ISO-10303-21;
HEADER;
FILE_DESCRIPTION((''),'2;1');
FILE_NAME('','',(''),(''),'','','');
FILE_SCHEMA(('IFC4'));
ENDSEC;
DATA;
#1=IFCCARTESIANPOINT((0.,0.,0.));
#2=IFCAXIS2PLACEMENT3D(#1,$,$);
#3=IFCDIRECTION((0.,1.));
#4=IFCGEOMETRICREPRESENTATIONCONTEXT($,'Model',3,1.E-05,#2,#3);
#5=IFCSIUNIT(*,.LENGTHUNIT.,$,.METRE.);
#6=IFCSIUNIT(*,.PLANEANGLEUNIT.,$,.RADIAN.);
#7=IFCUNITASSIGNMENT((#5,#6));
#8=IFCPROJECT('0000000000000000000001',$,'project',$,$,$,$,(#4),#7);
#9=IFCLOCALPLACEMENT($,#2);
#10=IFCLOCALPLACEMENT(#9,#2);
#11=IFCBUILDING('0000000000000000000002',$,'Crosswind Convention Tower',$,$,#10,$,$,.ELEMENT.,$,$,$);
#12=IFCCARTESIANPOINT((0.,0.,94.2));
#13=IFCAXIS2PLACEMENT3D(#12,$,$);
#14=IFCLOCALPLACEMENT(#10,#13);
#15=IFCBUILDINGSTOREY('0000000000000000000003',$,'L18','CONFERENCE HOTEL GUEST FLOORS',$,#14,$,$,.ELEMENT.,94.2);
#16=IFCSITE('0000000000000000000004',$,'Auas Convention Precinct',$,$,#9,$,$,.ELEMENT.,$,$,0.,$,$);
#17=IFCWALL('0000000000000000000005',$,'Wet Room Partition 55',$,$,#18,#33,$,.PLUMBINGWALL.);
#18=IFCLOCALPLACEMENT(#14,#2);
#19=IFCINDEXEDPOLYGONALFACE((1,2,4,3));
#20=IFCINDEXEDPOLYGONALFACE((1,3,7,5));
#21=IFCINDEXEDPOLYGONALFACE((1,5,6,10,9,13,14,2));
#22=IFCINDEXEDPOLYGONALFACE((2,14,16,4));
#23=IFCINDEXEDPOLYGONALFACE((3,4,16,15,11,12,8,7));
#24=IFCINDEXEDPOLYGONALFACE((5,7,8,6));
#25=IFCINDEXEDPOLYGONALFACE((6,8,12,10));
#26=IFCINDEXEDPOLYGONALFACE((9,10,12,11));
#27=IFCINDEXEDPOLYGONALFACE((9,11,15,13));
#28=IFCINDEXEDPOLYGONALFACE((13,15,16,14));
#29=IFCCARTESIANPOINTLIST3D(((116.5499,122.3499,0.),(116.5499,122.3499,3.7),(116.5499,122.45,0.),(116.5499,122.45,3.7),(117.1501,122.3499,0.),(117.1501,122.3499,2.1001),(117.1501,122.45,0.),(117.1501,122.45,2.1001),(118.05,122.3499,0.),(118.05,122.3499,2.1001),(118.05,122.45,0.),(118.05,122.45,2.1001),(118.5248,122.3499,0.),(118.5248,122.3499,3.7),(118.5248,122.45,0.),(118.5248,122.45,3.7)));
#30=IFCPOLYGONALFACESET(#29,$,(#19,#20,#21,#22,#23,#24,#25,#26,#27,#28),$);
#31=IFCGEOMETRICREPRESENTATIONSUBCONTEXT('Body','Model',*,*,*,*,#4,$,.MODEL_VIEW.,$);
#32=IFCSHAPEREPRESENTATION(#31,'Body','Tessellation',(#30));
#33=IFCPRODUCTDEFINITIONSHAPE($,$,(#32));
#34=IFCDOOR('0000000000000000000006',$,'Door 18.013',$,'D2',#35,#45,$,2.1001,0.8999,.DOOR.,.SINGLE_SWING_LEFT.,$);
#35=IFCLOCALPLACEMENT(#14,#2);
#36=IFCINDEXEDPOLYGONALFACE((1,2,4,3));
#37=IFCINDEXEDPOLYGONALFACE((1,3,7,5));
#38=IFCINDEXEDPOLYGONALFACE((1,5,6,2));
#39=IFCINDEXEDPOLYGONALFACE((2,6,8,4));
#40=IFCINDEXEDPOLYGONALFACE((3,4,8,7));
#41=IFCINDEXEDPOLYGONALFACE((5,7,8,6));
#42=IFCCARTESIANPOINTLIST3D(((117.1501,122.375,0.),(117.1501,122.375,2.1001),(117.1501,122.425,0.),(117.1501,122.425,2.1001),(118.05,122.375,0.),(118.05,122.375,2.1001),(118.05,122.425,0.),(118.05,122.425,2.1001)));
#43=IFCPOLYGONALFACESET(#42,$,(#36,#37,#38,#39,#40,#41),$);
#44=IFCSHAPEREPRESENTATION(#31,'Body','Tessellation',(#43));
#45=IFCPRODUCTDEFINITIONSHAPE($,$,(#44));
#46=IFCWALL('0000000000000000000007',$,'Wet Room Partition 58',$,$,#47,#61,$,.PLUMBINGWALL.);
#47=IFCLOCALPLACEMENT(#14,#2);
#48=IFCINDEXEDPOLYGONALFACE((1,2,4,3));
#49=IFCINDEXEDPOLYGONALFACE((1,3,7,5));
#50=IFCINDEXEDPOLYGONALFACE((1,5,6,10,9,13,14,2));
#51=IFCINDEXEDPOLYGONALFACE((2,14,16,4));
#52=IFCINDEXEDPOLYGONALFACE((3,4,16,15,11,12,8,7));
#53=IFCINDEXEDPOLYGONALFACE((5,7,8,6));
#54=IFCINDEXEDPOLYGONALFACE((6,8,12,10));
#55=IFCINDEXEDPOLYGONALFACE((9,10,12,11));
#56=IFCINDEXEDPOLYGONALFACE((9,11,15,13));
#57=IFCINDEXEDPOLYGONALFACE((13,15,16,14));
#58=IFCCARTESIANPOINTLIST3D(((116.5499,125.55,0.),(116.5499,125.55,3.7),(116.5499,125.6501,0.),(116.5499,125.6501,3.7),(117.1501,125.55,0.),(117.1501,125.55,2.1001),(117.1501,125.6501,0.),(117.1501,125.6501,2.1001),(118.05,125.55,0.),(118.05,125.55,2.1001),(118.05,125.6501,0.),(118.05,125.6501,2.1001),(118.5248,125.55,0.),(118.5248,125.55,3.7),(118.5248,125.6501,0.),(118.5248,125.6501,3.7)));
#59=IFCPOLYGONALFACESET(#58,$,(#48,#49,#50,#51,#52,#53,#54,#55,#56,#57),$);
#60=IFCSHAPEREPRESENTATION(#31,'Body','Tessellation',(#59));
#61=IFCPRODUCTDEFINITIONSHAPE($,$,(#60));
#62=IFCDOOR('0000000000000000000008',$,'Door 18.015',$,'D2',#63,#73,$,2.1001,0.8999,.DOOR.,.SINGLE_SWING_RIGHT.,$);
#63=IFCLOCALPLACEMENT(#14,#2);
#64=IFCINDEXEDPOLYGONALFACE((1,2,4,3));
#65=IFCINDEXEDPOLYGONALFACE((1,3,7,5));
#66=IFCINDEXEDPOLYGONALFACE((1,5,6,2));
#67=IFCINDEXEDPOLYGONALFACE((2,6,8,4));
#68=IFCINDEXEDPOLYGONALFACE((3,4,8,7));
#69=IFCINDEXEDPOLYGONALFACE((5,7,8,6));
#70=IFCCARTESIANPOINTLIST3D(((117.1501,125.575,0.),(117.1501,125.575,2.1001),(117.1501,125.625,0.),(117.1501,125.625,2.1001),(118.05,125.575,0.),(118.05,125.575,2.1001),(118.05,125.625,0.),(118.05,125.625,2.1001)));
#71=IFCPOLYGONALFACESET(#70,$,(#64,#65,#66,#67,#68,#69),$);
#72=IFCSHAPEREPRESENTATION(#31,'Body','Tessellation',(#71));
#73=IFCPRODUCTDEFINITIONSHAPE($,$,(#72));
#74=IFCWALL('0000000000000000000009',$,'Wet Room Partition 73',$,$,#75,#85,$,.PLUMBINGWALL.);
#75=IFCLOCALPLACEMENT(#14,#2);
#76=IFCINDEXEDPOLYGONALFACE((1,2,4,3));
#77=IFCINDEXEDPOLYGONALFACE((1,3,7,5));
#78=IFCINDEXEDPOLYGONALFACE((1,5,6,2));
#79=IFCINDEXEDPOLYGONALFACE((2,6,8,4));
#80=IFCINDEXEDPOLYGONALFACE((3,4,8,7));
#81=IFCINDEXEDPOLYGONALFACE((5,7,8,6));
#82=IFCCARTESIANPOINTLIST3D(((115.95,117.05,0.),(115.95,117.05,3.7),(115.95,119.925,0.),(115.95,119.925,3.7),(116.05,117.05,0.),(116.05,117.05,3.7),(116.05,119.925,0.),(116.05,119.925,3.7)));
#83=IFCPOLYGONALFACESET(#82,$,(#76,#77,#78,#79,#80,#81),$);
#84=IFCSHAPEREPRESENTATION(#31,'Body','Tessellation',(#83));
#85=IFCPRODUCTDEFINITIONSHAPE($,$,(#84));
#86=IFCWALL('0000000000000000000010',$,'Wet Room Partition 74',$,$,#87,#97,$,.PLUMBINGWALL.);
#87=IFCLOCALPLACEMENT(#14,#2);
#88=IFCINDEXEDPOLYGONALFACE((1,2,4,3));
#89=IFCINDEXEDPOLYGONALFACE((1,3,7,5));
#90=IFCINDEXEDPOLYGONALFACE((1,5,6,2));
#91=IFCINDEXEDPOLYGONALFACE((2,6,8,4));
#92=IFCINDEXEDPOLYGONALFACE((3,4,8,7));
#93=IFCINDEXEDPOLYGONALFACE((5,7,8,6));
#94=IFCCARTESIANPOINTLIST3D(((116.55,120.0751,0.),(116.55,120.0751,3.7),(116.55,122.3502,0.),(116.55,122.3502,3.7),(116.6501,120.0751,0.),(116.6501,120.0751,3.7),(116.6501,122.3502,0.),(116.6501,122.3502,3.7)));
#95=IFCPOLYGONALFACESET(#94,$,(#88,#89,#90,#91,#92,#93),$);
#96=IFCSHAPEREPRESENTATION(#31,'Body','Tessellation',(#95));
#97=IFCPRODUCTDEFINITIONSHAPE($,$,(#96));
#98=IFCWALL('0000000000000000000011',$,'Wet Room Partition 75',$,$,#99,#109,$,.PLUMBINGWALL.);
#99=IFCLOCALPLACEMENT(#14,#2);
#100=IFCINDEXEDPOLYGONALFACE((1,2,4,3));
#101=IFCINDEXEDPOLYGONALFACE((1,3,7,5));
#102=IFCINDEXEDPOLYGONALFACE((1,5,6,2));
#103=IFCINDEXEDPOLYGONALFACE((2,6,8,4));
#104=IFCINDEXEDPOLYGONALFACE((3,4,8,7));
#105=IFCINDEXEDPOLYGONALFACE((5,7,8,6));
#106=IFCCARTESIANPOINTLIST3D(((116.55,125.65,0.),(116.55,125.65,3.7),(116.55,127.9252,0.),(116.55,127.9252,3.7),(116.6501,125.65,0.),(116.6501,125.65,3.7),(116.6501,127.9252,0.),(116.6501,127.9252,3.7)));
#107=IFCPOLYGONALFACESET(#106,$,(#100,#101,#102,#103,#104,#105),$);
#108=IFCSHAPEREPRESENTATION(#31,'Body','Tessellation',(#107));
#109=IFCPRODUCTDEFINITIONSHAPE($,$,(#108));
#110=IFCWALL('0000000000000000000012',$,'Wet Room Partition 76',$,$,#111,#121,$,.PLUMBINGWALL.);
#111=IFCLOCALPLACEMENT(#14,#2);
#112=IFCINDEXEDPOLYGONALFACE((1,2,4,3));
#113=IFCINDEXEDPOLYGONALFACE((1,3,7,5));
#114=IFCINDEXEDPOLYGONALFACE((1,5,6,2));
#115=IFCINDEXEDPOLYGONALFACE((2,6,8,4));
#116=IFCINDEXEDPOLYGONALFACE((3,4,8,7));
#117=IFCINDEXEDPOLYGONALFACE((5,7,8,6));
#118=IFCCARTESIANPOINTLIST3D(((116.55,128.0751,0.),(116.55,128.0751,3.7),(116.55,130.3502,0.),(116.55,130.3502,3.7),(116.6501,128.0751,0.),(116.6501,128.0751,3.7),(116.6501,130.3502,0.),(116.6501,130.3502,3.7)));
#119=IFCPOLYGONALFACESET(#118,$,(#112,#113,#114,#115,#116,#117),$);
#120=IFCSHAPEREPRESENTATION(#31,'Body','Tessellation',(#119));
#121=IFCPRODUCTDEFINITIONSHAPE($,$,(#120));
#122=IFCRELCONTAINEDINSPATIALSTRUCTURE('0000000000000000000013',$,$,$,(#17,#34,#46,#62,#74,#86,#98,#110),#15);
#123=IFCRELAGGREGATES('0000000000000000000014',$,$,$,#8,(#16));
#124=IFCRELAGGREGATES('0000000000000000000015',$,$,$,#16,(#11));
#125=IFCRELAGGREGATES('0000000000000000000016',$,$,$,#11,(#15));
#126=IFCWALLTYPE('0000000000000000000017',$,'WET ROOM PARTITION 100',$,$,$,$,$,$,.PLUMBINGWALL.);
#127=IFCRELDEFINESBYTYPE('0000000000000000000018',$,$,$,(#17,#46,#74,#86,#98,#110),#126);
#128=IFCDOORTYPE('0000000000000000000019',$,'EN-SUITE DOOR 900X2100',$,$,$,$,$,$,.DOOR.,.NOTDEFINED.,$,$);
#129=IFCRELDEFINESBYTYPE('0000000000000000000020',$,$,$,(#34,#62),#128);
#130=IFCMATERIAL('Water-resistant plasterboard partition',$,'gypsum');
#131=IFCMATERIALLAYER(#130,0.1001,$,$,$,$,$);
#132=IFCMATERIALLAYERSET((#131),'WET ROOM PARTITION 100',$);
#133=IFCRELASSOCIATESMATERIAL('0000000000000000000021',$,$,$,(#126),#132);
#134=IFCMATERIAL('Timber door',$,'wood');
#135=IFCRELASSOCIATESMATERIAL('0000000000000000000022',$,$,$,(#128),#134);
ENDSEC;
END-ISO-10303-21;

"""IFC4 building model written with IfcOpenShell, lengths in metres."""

from ifc_helpers import new_model, si_unit, direction, frame, frame_2d, origin, place, context, subcontext, project, spatial, rectangle, extrude, material, layer, layer_set, type_object, element, fill, save


model = new_model("IFC4")

# Units and contexts
model_context = context("Model", 3, precision=1e-05, world=origin(), true_north=direction((0.0, 1.0)))
body_context = subcontext(model_context, "Body", "Model", "MODEL_VIEW")
ifc_project = project(units=[si_unit("LENGTHUNIT", "METRE"), si_unit("PLANEANGLEUNIT", "RADIAN")], contexts=[model_context])

# Site, building, storey
site_placement = place(None, origin())
site = spatial("IfcSite", under=ifc_project, at=site_placement, Name="Auas Convention Precinct", CompositionType="ELEMENT", RefElevation=0.0)
building_placement = place(site_placement, origin())
building = spatial("IfcBuilding", under=site, at=building_placement, Name="Crosswind Convention Tower", CompositionType="ELEMENT")
storey_placement = place(building_placement, frame((0.0, 0.0, 94.2)))
storey = spatial("IfcBuildingStorey", under=building, at=storey_placement, Name="L18", Description="CONFERENCE HOTEL GUEST FLOORS", CompositionType="ELEMENT", Elevation=94.2)

# Walls, openings, doors
ifc_material_1 = material(Name="Water-resistant plasterboard partition", Category="gypsum")
ifc_layer_1 = layer(ifc_material_1, 0.1001)
ifc_layer_set_1 = layer_set([ifc_layer_1], Name="WET ROOM PARTITION 100")
wall_type_1 = type_object("IfcWallType", Name="WET ROOM PARTITION 100", PredefinedType="PLUMBINGWALL", material=ifc_layer_set_1)
ifc_material_2 = material(Name="Timber door", Category="wood")
door_type = type_object("IfcDoorType", Name="EN-SUITE DOOR 900X2100", OperationType="NOTDEFINED", PredefinedType="DOOR", material=ifc_material_2)
wall_1_placement = place(storey_placement, frame((116.55, 122.3999, 0.0), z_axis=(0.0, 0.0, 1.0), x_axis=(1.0, 0.0, 0.0)))
wall_1 = element("IfcWall", 1, at=wall_1_placement, inside=storey, type_object=wall_type_1, Name="Wet Room Partition 55", PredefinedType="PLUMBINGWALL", context=body_context, shape_type="SweptSolid", body=[
    extrude(rectangle(XDim=1.9749, YDim=0.1001, at=frame_2d((0.9873, 0.0))), origin(), (0.0, 0.0, 1.0), 3.7),
])
opening_1_placement = place(wall_1_placement, frame((0.6001, 0.0, 0.0)))
opening_1 = element("IfcOpeningElement", 2, at=opening_1_placement, cuts=wall_1, PredefinedType="OPENING", context=body_context, shape_type="SweptSolid", body=[
    extrude(rectangle(XDim=0.8999, YDim=2.1001, at=frame_2d((0.45, 1.05))), frame((0.0, 0.0601, 0.0), z_axis=(0.0, -1.0, 0.0), x_axis=(1.0, 0.0, 0.0)), (0.0, 0.0, 1.0), 0.1201),
])
door_1_placement = place(opening_1_placement, frame((0.8999, 0.0, 0.0), z_axis=(0.0, 0.0, 1.0), x_axis=(-1.0, 0.0, 0.0)))
door_1 = element("IfcDoor", 3, at=door_1_placement, inside=storey, type_object=door_type, Name="Door 18.013", ObjectType="D2", OperationType="SINGLE_SWING_LEFT", OverallHeight=2.1001, OverallWidth=0.8999, PredefinedType="DOOR", context=body_context, shape_type="SweptSolid", body=[
    extrude(rectangle(XDim=0.8999, YDim=2.1001, at=frame_2d((0.45, 1.05))), frame((0.0, 0.0249, 0.0), z_axis=(0.0, -1.0, 0.0), x_axis=(1.0, 0.0, 0.0)), (0.0, 0.0, 1.0), 0.05),
])
fill(opening_1, door_1)
wall_2_placement = place(storey_placement, frame((116.55, 125.6001, 0.0), z_axis=(0.0, 0.0, 1.0), x_axis=(1.0, 0.0, 0.0)))
wall_2 = element("IfcWall", 4, at=wall_2_placement, inside=storey, type_object=wall_type_1, Name="Wet Room Partition 58", PredefinedType="PLUMBINGWALL", context=body_context, shape_type="SweptSolid", body=[
    extrude(rectangle(XDim=1.9749, YDim=0.1001, at=frame_2d((0.9873, 0.0))), origin(), (0.0, 0.0, 1.0), 3.7),
])
opening_2_placement = place(wall_2_placement, frame((0.6001, 0.0, 0.0)))
opening_2 = element("IfcOpeningElement", 5, at=opening_2_placement, cuts=wall_2, PredefinedType="OPENING", context=body_context, shape_type="SweptSolid", body=[
    extrude(rectangle(XDim=0.8999, YDim=2.1001, at=frame_2d((0.45, 1.05))), frame((0.0, 0.0601, 0.0), z_axis=(0.0, -1.0, 0.0), x_axis=(1.0, 0.0, 0.0)), (0.0, 0.0, 1.0), 0.1201),
])
door_2_placement = place(opening_2_placement, origin())
door_2 = element("IfcDoor", 6, at=door_2_placement, inside=storey, type_object=door_type, Name="Door 18.015", ObjectType="D2", OperationType="SINGLE_SWING_RIGHT", OverallHeight=2.1001, OverallWidth=0.8999, PredefinedType="DOOR", context=body_context, shape_type="SweptSolid", body=[
    extrude(rectangle(XDim=0.8999, YDim=2.1001, at=frame_2d((0.45, 1.05))), frame((0.0, 0.0249, 0.0), z_axis=(0.0, -1.0, 0.0), x_axis=(1.0, 0.0, 0.0)), (0.0, 0.0, 1.0), 0.05),
])
fill(opening_2, door_2)

# Walls
wall_3_placement = place(storey_placement, frame((116.0, 117.05, 0.0), z_axis=(0.0, 0.0, 1.0), x_axis=(0.0, 1.0, 0.0)))
element("IfcWall", 7, at=wall_3_placement, inside=storey, type_object=wall_type_1, Name="Wet Room Partition 73", PredefinedType="PLUMBINGWALL", context=body_context, shape_type="SweptSolid", body=[
    extrude(rectangle(XDim=2.875, YDim=0.1001, at=frame_2d((1.4375, 0.0))), origin(), (0.0, 0.0, 1.0), 3.7),
])
for number, where, z_axis, x_axis, name in (
    (8, (116.6001, 120.075, 0.0), (0.0, 0.0, 1.0), (0.0, 1.0, 0.0), "Wet Room Partition 74"),
    (9, (116.6001, 125.6499, 0.0), (0.0, 0.0, 1.0), (0.0, 1.0, 0.0), "Wet Room Partition 75"),
    (10, (116.6001, 128.075, 0.0), (0.0, 0.0, 1.0), (0.0, 1.0, 0.0), "Wet Room Partition 76"),
):
    element("IfcWall", number, at=place(storey_placement, frame(where, z_axis=z_axis, x_axis=x_axis)), inside=storey, type_object=wall_type_1, Name=name, PredefinedType="PLUMBINGWALL", context=body_context, shape_type="SweptSolid", body=[
        extrude(rectangle(XDim=2.2751, YDim=0.1001, at=frame_2d((1.1377, 0.0))), origin(), (0.0, 0.0, 1.0), 3.7),
    ])

save(model, "model.ifc")
